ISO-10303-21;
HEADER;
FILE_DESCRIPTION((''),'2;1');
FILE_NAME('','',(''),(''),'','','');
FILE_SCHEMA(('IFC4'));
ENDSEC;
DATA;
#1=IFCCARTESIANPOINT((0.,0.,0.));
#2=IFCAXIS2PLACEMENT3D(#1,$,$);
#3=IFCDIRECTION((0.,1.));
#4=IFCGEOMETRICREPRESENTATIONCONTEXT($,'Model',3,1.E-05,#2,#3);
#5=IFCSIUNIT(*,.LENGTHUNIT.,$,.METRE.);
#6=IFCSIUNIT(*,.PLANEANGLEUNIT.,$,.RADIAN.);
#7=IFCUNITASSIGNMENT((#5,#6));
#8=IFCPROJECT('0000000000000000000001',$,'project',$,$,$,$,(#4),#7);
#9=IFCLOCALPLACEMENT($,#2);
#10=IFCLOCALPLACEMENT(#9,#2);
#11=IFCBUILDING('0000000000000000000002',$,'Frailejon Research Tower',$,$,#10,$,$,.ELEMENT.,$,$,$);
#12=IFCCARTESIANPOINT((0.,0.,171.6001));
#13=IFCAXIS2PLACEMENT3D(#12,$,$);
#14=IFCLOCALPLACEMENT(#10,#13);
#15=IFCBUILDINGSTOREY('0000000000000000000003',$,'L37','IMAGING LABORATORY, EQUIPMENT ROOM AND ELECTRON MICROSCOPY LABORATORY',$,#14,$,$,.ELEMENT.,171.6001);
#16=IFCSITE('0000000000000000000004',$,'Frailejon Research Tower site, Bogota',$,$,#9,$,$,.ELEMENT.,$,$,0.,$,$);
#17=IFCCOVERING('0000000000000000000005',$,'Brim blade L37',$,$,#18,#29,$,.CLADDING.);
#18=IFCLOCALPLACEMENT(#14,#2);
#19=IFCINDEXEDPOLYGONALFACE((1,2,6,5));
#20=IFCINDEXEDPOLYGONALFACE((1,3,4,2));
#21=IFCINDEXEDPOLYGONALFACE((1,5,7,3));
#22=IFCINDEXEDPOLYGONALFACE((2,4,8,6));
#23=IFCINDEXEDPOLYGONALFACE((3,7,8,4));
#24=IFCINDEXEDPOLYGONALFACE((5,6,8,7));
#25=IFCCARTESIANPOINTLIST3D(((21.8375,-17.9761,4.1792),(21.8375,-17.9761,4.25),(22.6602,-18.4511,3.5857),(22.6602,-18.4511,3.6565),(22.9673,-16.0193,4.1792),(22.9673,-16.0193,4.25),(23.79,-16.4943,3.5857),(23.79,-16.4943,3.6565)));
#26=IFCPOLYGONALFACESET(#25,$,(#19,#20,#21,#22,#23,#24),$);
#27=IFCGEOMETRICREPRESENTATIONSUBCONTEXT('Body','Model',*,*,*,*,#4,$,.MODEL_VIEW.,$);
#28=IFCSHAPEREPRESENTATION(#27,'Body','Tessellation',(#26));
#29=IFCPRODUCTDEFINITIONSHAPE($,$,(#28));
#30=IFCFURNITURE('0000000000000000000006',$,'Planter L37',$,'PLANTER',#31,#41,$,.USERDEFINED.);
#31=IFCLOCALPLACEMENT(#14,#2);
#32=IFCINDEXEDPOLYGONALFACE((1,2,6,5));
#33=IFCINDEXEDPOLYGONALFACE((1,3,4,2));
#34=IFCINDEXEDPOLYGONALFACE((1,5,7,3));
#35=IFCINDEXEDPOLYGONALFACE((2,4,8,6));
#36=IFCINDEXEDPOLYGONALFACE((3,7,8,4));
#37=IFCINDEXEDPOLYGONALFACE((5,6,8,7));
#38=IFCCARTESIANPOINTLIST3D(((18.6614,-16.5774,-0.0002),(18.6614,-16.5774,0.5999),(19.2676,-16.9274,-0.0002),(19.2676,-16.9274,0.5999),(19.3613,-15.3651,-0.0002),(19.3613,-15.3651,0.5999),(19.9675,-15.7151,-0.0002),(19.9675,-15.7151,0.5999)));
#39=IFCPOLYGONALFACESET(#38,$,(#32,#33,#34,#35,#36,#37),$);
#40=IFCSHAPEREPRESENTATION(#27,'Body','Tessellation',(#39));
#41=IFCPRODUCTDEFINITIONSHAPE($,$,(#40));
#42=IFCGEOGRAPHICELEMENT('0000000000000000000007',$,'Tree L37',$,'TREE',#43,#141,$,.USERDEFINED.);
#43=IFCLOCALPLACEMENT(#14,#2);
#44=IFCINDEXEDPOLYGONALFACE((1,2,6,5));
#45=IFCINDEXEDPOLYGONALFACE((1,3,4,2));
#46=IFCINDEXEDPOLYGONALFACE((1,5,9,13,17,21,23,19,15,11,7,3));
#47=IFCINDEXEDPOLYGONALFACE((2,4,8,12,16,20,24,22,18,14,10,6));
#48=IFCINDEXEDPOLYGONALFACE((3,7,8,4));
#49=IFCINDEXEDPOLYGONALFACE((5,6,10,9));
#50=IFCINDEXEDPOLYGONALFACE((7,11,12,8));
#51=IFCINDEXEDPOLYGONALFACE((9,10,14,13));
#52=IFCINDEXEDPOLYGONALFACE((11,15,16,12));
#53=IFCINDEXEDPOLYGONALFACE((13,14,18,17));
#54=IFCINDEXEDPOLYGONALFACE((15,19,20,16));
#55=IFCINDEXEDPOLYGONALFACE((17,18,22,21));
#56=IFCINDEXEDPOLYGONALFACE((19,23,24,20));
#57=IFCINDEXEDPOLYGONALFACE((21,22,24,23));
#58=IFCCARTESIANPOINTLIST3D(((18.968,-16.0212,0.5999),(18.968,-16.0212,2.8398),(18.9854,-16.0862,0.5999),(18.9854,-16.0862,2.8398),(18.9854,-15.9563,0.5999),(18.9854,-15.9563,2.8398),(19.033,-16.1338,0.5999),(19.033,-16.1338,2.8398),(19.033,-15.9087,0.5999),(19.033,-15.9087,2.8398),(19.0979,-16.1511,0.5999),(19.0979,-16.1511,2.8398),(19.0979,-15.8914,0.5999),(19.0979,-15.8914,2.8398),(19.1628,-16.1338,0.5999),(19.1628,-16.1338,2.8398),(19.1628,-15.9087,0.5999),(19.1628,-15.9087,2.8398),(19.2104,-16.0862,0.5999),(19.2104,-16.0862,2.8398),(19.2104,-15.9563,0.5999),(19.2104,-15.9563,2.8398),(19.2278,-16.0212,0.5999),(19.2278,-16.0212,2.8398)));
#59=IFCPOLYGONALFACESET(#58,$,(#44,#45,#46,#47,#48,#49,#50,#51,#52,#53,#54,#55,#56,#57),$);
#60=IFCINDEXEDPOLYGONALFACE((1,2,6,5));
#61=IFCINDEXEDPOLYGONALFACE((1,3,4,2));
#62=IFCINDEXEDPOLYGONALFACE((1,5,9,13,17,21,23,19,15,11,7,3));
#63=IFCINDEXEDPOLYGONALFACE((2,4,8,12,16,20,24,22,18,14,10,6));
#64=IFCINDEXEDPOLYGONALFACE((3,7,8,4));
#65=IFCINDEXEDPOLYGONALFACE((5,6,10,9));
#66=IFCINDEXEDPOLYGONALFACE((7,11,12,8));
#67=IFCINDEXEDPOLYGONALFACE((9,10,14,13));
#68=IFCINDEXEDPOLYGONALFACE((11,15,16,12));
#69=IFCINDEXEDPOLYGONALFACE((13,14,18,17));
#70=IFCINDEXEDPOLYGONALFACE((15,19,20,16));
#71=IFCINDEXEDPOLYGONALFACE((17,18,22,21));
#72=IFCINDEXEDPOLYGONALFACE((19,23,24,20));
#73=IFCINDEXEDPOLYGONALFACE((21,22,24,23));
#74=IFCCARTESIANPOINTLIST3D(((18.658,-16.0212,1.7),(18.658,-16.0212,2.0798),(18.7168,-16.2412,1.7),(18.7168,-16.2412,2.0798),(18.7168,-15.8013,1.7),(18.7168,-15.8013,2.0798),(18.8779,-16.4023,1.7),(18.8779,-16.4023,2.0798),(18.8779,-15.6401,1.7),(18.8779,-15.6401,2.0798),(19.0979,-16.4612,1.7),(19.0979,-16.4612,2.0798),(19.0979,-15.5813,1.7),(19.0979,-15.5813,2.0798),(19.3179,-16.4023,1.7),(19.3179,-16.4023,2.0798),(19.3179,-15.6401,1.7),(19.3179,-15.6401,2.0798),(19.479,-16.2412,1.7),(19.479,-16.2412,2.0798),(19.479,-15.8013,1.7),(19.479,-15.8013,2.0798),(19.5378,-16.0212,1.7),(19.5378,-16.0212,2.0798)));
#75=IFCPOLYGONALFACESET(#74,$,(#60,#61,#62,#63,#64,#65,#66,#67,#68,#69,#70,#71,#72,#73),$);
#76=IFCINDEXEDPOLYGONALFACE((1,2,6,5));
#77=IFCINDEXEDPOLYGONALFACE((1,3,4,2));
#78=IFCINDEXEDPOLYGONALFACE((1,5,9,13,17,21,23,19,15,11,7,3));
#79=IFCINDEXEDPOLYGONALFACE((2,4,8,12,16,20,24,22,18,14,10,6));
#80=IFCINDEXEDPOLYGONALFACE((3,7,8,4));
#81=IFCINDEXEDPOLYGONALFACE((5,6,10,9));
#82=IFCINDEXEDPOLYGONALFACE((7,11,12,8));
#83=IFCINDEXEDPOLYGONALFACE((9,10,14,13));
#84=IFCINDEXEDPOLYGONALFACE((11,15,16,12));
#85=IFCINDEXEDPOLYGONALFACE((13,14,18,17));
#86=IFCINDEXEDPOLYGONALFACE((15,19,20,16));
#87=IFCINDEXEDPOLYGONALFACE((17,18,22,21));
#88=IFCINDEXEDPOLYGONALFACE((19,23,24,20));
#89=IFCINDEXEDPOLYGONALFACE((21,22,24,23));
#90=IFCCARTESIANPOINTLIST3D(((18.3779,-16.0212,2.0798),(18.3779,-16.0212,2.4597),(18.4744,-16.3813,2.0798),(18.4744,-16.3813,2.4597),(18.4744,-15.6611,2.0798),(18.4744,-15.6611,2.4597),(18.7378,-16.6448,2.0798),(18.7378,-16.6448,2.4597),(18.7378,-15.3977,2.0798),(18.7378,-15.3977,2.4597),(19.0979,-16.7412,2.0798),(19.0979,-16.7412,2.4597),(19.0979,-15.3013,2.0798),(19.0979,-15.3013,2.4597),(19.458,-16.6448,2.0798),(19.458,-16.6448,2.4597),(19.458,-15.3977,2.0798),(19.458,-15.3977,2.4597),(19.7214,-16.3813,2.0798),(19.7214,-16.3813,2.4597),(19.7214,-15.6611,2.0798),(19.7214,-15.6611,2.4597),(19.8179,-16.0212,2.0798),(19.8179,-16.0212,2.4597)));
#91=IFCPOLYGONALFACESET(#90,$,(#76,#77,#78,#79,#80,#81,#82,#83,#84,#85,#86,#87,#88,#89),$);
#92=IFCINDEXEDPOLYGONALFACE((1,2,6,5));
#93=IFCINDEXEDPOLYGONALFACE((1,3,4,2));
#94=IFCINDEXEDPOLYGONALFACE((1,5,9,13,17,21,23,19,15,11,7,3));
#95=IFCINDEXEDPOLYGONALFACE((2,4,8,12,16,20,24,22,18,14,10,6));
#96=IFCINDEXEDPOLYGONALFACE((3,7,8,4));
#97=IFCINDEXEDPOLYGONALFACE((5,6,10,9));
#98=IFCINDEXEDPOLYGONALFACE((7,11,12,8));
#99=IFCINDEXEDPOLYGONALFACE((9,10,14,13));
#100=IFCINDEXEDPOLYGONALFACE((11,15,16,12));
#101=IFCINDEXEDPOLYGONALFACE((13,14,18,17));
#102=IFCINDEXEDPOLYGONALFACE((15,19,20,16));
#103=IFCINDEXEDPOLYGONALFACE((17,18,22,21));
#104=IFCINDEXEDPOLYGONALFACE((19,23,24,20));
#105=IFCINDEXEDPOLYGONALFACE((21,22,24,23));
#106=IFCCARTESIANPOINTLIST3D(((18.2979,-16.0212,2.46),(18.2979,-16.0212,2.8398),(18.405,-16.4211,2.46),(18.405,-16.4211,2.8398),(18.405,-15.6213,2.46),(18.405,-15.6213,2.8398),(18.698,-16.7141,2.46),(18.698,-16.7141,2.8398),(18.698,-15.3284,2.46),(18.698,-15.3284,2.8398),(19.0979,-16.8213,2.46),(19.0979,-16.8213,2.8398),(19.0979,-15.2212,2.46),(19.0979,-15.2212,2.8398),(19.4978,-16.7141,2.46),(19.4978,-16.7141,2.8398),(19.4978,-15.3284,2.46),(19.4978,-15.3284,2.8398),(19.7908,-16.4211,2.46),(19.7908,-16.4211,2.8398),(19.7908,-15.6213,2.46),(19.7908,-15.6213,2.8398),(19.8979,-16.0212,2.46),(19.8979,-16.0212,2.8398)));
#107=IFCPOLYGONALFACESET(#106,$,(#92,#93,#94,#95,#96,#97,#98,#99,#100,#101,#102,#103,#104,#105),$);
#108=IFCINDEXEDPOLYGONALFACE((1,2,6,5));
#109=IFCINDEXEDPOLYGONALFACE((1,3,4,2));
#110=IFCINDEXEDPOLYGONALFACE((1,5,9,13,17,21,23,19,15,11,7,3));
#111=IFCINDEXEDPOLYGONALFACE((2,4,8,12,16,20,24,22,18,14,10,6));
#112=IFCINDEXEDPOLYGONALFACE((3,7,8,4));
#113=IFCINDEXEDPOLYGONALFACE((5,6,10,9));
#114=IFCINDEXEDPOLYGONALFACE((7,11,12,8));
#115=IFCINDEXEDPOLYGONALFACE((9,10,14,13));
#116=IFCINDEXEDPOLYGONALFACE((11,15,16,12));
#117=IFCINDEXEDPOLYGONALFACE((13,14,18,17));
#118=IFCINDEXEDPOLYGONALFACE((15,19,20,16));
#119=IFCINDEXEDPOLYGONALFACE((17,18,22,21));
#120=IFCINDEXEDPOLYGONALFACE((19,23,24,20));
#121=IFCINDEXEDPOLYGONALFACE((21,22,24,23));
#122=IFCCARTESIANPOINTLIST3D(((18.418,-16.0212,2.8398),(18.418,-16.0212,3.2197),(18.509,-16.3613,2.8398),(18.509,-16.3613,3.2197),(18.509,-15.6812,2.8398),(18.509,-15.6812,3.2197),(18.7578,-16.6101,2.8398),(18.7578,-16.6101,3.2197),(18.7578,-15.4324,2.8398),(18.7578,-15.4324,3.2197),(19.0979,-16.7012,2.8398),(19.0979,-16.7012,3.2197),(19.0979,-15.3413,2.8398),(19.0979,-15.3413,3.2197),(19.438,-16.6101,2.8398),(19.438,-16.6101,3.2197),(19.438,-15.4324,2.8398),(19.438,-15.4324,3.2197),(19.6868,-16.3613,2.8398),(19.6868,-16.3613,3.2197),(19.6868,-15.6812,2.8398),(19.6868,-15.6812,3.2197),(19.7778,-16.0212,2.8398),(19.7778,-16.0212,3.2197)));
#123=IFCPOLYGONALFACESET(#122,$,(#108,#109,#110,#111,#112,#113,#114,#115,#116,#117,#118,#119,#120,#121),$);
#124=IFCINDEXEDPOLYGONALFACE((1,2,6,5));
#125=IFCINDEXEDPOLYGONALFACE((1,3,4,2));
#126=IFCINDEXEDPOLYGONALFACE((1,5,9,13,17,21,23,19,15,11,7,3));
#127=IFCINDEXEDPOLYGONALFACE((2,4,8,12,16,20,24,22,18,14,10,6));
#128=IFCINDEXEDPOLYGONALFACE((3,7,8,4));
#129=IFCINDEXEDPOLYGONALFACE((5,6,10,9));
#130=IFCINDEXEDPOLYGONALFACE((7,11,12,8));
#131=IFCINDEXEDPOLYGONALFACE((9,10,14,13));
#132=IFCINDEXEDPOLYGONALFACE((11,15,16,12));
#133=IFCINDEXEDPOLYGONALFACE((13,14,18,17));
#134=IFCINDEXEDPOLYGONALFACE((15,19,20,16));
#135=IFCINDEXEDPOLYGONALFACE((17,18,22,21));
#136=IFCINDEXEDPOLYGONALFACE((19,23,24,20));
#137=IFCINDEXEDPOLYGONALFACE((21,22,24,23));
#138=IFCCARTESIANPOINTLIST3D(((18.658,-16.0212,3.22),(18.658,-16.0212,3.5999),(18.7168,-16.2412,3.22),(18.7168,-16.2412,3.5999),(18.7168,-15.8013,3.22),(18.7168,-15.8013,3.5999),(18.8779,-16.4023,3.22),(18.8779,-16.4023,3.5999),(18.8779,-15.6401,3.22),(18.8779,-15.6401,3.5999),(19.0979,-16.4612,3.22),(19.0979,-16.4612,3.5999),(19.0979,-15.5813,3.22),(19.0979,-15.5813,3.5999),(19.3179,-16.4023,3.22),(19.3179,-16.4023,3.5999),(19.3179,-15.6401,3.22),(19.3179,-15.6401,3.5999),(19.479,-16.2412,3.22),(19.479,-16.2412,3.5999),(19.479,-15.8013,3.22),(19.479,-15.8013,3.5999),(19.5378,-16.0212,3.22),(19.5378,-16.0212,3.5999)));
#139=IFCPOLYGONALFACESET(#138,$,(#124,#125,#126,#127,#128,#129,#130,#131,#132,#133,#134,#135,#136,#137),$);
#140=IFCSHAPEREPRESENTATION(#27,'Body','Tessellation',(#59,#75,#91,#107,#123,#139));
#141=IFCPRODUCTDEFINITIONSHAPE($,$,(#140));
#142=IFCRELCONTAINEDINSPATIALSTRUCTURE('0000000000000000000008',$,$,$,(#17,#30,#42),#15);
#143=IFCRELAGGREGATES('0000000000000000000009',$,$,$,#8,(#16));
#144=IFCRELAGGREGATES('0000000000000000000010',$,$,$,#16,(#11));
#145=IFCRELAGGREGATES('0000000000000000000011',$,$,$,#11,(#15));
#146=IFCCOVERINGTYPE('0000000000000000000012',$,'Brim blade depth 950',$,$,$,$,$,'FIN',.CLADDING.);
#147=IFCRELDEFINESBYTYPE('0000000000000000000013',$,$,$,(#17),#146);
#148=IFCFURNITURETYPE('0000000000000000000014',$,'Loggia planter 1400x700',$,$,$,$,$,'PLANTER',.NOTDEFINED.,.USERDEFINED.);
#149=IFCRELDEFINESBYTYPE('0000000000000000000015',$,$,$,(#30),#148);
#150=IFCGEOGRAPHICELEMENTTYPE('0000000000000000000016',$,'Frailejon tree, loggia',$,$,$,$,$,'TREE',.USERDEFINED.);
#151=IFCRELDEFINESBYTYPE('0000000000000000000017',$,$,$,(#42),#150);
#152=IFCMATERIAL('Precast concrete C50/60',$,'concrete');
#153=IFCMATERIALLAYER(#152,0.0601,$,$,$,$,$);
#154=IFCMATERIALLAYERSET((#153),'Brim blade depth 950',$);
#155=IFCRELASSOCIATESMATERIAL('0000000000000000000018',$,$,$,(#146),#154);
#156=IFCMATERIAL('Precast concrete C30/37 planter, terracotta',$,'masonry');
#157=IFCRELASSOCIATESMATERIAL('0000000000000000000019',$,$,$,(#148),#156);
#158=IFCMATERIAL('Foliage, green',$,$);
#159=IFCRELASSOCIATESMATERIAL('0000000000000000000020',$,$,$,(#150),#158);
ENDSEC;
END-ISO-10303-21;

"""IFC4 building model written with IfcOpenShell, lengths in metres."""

from ifc_helpers import new_model, si_unit, direction, frame, origin, origin_2d, place, context, subcontext, project, spatial, polyline, rectangle, outline, extrude, material, layer, layer_set, type_object, element, save


model = new_model("IFC4")

# Units and contexts
model_context = context("Model", 3, precision=1e-05, world=origin(), true_north=direction((0.0, 1.0)))
body_context = subcontext(model_context, "Body", "Model", "MODEL_VIEW")
ifc_project = project(units=[si_unit("LENGTHUNIT", "METRE"), si_unit("PLANEANGLEUNIT", "RADIAN")], contexts=[model_context])

# Site, building, storey
site_placement = place(None, origin())
site = spatial("IfcSite", under=ifc_project, at=site_placement, Name="Frailejon Research Tower site, Bogota", CompositionType="ELEMENT", RefElevation=0.0)
building_placement = place(site_placement, origin())
building = spatial("IfcBuilding", under=site, at=building_placement, Name="Frailejon Research Tower", CompositionType="ELEMENT")
storey_placement = place(building_placement, frame((0.0, 0.0, 171.6001)))
storey = spatial("IfcBuildingStorey", under=building, at=storey_placement, Name="L37", Description="IMAGING LABORATORY, EQUIPMENT ROOM AND ELECTRON MICROSCOPY LABORATORY", CompositionType="ELEMENT", Elevation=171.6001)

# Covering
ifc_material_1 = material(Name="Precast concrete C50/60", Category="concrete")
ifc_layer_1 = layer(ifc_material_1, 0.0601)
ifc_layer_set_1 = layer_set([ifc_layer_1], Name="Brim blade depth 950")
covering_type_1 = type_object("IfcCoveringType", Name="Brim blade depth 950", ElementType="FIN", PredefinedType="CLADDING", material=ifc_layer_set_1)
for number, where, z_axis, x_axis, name in (
    (1, (22.9673, -16.0193, 4.25), (-0.500003, -0.866024, 0.0), (0.866024, -0.500003, 0.0), "Brim blade L37"),
):
    element("IfcCovering", number, at=place(storey_placement, frame(where, z_axis=z_axis, x_axis=x_axis)), inside=storey, type_object=covering_type_1, Name=name, PredefinedType="CLADDING", context=body_context, shape_type="SweptSolid", body=[
        extrude(outline(polyline([(0.0, -0.0708), (0.95, -0.6643), (0.95, -0.5935), (0.0, 0.0), (0.0, -0.0708)])), origin(), (0.0, 0.0, 1.0), 2.2595),
    ])

# Furniture
ifc_material_2 = material(Name="Precast concrete C30/37 planter, terracotta", Category="masonry")
furniture_type = type_object("IfcFurnitureType", Name="Loggia planter 1400x700", ElementType="PLANTER", AssemblyPlace="NOTDEFINED", PredefinedType="USERDEFINED", material=ifc_material_2)
furniture_placement = place(storey_placement, frame((19.3145, -16.1462, -0.0002), z_axis=(0.0, 0.0, 1.0), x_axis=(0.5, 0.866025, 0.0)))
element("IfcFurniture", 2, at=furniture_placement, inside=storey, type_object=furniture_type, Name="Planter L37", ObjectType="PLANTER", PredefinedType="USERDEFINED", context=body_context, shape_type="SweptSolid", body=[
    extrude(rectangle(XDim=1.3999, YDim=0.7, at=origin_2d()), origin(), (0.0, 0.0, 1.0), 0.6001),
])

# Geographic element
ifc_material_3 = material(Name="Foliage, green")
geographic_element_type = type_object("IfcGeographicElementType", Name="Frailejon tree, loggia", ElementType="TREE", PredefinedType="USERDEFINED", material=ifc_material_3)
geographic_element_placement = place(storey_placement, frame((19.0979, -16.0212, 0.5999)))
element("IfcGeographicElement", 3, at=geographic_element_placement, inside=storey, type_object=geographic_element_type, Name="Tree L37", ObjectType="TREE", PredefinedType="USERDEFINED", context=body_context, shape_type="SweptSolid", body=[
    extrude(outline(polyline([(0.1299, 0.0), (0.1125, 0.0649), (0.0649, 0.1125), (0.0, 0.1299), (-0.0649, 0.1125), (-0.1125, 0.0649), (-0.1299, 0.0), (-0.1125, -0.0649), (-0.0649, -0.1125), (0.0, -0.1299), (0.0649, -0.1125), (0.1125, -0.0649), (0.1299, 0.0)])), origin(), (0.0, 0.0, 1.0), 2.24),
    extrude(outline(polyline([(0.4399, 0.0), (0.3811, 0.22), (0.22, 0.3811), (0.0, 0.4399), (-0.22, 0.3811), (-0.3811, 0.22), (-0.4399, 0.0), (-0.3811, -0.22), (-0.22, -0.3811), (0.0, -0.4399), (0.22, -0.3811), (0.3811, -0.22), (0.4399, 0.0)])), frame((0.0, 0.0, 1.1001)), (0.0, 0.0, 1.0), 0.3799),
    extrude(outline(polyline([(0.72, 0.0), (0.6235, 0.3601), (0.3601, 0.6235), (0.0, 0.72), (-0.3601, 0.6235), (-0.6235, 0.3601), (-0.72, 0.0), (-0.6235, -0.3601), (-0.3601, -0.6235), (0.0, -0.72), (0.3601, -0.6235), (0.6235, -0.3601), (0.72, 0.0)])), frame((0.0, 0.0, 1.48)), (0.0, 0.0, 1.0), 0.3799),
    extrude(outline(polyline([(0.8, 0.0), (0.6929, 0.3999), (0.3999, 0.6929), (0.0, 0.8), (-0.3999, 0.6929), (-0.6929, 0.3999), (-0.8, 0.0), (-0.6929, -0.3999), (-0.3999, -0.6929), (0.0, -0.8), (0.3999, -0.6929), (0.6929, -0.3999), (0.8, 0.0)])), frame((0.0, 0.0, 1.8601)), (0.0, 0.0, 1.0), 0.3799),
    extrude(outline(polyline([(0.6799, 0.0), (0.5889, 0.3401), (0.3401, 0.5889), (0.0, 0.6799), (-0.3401, 0.5889), (-0.5889, 0.3401), (-0.6799, 0.0), (-0.5889, -0.3401), (-0.3401, -0.5889), (0.0, -0.6799), (0.3401, -0.5889), (0.5889, -0.3401), (0.6799, 0.0)])), frame((0.0, 0.0, 2.24)), (0.0, 0.0, 1.0), 0.3799),
    extrude(outline(polyline([(0.4399, 0.0), (0.3811, 0.22), (0.22, 0.3811), (0.0, 0.4399), (-0.22, 0.3811), (-0.3811, 0.22), (-0.4399, 0.0), (-0.3811, -0.22), (-0.22, -0.3811), (0.0, -0.4399), (0.22, -0.3811), (0.3811, -0.22), (0.4399, 0.0)])), frame((0.0, 0.0, 2.6201)), (0.0, 0.0, 1.0), 0.3799),
])

save(model, "model.ifc")
